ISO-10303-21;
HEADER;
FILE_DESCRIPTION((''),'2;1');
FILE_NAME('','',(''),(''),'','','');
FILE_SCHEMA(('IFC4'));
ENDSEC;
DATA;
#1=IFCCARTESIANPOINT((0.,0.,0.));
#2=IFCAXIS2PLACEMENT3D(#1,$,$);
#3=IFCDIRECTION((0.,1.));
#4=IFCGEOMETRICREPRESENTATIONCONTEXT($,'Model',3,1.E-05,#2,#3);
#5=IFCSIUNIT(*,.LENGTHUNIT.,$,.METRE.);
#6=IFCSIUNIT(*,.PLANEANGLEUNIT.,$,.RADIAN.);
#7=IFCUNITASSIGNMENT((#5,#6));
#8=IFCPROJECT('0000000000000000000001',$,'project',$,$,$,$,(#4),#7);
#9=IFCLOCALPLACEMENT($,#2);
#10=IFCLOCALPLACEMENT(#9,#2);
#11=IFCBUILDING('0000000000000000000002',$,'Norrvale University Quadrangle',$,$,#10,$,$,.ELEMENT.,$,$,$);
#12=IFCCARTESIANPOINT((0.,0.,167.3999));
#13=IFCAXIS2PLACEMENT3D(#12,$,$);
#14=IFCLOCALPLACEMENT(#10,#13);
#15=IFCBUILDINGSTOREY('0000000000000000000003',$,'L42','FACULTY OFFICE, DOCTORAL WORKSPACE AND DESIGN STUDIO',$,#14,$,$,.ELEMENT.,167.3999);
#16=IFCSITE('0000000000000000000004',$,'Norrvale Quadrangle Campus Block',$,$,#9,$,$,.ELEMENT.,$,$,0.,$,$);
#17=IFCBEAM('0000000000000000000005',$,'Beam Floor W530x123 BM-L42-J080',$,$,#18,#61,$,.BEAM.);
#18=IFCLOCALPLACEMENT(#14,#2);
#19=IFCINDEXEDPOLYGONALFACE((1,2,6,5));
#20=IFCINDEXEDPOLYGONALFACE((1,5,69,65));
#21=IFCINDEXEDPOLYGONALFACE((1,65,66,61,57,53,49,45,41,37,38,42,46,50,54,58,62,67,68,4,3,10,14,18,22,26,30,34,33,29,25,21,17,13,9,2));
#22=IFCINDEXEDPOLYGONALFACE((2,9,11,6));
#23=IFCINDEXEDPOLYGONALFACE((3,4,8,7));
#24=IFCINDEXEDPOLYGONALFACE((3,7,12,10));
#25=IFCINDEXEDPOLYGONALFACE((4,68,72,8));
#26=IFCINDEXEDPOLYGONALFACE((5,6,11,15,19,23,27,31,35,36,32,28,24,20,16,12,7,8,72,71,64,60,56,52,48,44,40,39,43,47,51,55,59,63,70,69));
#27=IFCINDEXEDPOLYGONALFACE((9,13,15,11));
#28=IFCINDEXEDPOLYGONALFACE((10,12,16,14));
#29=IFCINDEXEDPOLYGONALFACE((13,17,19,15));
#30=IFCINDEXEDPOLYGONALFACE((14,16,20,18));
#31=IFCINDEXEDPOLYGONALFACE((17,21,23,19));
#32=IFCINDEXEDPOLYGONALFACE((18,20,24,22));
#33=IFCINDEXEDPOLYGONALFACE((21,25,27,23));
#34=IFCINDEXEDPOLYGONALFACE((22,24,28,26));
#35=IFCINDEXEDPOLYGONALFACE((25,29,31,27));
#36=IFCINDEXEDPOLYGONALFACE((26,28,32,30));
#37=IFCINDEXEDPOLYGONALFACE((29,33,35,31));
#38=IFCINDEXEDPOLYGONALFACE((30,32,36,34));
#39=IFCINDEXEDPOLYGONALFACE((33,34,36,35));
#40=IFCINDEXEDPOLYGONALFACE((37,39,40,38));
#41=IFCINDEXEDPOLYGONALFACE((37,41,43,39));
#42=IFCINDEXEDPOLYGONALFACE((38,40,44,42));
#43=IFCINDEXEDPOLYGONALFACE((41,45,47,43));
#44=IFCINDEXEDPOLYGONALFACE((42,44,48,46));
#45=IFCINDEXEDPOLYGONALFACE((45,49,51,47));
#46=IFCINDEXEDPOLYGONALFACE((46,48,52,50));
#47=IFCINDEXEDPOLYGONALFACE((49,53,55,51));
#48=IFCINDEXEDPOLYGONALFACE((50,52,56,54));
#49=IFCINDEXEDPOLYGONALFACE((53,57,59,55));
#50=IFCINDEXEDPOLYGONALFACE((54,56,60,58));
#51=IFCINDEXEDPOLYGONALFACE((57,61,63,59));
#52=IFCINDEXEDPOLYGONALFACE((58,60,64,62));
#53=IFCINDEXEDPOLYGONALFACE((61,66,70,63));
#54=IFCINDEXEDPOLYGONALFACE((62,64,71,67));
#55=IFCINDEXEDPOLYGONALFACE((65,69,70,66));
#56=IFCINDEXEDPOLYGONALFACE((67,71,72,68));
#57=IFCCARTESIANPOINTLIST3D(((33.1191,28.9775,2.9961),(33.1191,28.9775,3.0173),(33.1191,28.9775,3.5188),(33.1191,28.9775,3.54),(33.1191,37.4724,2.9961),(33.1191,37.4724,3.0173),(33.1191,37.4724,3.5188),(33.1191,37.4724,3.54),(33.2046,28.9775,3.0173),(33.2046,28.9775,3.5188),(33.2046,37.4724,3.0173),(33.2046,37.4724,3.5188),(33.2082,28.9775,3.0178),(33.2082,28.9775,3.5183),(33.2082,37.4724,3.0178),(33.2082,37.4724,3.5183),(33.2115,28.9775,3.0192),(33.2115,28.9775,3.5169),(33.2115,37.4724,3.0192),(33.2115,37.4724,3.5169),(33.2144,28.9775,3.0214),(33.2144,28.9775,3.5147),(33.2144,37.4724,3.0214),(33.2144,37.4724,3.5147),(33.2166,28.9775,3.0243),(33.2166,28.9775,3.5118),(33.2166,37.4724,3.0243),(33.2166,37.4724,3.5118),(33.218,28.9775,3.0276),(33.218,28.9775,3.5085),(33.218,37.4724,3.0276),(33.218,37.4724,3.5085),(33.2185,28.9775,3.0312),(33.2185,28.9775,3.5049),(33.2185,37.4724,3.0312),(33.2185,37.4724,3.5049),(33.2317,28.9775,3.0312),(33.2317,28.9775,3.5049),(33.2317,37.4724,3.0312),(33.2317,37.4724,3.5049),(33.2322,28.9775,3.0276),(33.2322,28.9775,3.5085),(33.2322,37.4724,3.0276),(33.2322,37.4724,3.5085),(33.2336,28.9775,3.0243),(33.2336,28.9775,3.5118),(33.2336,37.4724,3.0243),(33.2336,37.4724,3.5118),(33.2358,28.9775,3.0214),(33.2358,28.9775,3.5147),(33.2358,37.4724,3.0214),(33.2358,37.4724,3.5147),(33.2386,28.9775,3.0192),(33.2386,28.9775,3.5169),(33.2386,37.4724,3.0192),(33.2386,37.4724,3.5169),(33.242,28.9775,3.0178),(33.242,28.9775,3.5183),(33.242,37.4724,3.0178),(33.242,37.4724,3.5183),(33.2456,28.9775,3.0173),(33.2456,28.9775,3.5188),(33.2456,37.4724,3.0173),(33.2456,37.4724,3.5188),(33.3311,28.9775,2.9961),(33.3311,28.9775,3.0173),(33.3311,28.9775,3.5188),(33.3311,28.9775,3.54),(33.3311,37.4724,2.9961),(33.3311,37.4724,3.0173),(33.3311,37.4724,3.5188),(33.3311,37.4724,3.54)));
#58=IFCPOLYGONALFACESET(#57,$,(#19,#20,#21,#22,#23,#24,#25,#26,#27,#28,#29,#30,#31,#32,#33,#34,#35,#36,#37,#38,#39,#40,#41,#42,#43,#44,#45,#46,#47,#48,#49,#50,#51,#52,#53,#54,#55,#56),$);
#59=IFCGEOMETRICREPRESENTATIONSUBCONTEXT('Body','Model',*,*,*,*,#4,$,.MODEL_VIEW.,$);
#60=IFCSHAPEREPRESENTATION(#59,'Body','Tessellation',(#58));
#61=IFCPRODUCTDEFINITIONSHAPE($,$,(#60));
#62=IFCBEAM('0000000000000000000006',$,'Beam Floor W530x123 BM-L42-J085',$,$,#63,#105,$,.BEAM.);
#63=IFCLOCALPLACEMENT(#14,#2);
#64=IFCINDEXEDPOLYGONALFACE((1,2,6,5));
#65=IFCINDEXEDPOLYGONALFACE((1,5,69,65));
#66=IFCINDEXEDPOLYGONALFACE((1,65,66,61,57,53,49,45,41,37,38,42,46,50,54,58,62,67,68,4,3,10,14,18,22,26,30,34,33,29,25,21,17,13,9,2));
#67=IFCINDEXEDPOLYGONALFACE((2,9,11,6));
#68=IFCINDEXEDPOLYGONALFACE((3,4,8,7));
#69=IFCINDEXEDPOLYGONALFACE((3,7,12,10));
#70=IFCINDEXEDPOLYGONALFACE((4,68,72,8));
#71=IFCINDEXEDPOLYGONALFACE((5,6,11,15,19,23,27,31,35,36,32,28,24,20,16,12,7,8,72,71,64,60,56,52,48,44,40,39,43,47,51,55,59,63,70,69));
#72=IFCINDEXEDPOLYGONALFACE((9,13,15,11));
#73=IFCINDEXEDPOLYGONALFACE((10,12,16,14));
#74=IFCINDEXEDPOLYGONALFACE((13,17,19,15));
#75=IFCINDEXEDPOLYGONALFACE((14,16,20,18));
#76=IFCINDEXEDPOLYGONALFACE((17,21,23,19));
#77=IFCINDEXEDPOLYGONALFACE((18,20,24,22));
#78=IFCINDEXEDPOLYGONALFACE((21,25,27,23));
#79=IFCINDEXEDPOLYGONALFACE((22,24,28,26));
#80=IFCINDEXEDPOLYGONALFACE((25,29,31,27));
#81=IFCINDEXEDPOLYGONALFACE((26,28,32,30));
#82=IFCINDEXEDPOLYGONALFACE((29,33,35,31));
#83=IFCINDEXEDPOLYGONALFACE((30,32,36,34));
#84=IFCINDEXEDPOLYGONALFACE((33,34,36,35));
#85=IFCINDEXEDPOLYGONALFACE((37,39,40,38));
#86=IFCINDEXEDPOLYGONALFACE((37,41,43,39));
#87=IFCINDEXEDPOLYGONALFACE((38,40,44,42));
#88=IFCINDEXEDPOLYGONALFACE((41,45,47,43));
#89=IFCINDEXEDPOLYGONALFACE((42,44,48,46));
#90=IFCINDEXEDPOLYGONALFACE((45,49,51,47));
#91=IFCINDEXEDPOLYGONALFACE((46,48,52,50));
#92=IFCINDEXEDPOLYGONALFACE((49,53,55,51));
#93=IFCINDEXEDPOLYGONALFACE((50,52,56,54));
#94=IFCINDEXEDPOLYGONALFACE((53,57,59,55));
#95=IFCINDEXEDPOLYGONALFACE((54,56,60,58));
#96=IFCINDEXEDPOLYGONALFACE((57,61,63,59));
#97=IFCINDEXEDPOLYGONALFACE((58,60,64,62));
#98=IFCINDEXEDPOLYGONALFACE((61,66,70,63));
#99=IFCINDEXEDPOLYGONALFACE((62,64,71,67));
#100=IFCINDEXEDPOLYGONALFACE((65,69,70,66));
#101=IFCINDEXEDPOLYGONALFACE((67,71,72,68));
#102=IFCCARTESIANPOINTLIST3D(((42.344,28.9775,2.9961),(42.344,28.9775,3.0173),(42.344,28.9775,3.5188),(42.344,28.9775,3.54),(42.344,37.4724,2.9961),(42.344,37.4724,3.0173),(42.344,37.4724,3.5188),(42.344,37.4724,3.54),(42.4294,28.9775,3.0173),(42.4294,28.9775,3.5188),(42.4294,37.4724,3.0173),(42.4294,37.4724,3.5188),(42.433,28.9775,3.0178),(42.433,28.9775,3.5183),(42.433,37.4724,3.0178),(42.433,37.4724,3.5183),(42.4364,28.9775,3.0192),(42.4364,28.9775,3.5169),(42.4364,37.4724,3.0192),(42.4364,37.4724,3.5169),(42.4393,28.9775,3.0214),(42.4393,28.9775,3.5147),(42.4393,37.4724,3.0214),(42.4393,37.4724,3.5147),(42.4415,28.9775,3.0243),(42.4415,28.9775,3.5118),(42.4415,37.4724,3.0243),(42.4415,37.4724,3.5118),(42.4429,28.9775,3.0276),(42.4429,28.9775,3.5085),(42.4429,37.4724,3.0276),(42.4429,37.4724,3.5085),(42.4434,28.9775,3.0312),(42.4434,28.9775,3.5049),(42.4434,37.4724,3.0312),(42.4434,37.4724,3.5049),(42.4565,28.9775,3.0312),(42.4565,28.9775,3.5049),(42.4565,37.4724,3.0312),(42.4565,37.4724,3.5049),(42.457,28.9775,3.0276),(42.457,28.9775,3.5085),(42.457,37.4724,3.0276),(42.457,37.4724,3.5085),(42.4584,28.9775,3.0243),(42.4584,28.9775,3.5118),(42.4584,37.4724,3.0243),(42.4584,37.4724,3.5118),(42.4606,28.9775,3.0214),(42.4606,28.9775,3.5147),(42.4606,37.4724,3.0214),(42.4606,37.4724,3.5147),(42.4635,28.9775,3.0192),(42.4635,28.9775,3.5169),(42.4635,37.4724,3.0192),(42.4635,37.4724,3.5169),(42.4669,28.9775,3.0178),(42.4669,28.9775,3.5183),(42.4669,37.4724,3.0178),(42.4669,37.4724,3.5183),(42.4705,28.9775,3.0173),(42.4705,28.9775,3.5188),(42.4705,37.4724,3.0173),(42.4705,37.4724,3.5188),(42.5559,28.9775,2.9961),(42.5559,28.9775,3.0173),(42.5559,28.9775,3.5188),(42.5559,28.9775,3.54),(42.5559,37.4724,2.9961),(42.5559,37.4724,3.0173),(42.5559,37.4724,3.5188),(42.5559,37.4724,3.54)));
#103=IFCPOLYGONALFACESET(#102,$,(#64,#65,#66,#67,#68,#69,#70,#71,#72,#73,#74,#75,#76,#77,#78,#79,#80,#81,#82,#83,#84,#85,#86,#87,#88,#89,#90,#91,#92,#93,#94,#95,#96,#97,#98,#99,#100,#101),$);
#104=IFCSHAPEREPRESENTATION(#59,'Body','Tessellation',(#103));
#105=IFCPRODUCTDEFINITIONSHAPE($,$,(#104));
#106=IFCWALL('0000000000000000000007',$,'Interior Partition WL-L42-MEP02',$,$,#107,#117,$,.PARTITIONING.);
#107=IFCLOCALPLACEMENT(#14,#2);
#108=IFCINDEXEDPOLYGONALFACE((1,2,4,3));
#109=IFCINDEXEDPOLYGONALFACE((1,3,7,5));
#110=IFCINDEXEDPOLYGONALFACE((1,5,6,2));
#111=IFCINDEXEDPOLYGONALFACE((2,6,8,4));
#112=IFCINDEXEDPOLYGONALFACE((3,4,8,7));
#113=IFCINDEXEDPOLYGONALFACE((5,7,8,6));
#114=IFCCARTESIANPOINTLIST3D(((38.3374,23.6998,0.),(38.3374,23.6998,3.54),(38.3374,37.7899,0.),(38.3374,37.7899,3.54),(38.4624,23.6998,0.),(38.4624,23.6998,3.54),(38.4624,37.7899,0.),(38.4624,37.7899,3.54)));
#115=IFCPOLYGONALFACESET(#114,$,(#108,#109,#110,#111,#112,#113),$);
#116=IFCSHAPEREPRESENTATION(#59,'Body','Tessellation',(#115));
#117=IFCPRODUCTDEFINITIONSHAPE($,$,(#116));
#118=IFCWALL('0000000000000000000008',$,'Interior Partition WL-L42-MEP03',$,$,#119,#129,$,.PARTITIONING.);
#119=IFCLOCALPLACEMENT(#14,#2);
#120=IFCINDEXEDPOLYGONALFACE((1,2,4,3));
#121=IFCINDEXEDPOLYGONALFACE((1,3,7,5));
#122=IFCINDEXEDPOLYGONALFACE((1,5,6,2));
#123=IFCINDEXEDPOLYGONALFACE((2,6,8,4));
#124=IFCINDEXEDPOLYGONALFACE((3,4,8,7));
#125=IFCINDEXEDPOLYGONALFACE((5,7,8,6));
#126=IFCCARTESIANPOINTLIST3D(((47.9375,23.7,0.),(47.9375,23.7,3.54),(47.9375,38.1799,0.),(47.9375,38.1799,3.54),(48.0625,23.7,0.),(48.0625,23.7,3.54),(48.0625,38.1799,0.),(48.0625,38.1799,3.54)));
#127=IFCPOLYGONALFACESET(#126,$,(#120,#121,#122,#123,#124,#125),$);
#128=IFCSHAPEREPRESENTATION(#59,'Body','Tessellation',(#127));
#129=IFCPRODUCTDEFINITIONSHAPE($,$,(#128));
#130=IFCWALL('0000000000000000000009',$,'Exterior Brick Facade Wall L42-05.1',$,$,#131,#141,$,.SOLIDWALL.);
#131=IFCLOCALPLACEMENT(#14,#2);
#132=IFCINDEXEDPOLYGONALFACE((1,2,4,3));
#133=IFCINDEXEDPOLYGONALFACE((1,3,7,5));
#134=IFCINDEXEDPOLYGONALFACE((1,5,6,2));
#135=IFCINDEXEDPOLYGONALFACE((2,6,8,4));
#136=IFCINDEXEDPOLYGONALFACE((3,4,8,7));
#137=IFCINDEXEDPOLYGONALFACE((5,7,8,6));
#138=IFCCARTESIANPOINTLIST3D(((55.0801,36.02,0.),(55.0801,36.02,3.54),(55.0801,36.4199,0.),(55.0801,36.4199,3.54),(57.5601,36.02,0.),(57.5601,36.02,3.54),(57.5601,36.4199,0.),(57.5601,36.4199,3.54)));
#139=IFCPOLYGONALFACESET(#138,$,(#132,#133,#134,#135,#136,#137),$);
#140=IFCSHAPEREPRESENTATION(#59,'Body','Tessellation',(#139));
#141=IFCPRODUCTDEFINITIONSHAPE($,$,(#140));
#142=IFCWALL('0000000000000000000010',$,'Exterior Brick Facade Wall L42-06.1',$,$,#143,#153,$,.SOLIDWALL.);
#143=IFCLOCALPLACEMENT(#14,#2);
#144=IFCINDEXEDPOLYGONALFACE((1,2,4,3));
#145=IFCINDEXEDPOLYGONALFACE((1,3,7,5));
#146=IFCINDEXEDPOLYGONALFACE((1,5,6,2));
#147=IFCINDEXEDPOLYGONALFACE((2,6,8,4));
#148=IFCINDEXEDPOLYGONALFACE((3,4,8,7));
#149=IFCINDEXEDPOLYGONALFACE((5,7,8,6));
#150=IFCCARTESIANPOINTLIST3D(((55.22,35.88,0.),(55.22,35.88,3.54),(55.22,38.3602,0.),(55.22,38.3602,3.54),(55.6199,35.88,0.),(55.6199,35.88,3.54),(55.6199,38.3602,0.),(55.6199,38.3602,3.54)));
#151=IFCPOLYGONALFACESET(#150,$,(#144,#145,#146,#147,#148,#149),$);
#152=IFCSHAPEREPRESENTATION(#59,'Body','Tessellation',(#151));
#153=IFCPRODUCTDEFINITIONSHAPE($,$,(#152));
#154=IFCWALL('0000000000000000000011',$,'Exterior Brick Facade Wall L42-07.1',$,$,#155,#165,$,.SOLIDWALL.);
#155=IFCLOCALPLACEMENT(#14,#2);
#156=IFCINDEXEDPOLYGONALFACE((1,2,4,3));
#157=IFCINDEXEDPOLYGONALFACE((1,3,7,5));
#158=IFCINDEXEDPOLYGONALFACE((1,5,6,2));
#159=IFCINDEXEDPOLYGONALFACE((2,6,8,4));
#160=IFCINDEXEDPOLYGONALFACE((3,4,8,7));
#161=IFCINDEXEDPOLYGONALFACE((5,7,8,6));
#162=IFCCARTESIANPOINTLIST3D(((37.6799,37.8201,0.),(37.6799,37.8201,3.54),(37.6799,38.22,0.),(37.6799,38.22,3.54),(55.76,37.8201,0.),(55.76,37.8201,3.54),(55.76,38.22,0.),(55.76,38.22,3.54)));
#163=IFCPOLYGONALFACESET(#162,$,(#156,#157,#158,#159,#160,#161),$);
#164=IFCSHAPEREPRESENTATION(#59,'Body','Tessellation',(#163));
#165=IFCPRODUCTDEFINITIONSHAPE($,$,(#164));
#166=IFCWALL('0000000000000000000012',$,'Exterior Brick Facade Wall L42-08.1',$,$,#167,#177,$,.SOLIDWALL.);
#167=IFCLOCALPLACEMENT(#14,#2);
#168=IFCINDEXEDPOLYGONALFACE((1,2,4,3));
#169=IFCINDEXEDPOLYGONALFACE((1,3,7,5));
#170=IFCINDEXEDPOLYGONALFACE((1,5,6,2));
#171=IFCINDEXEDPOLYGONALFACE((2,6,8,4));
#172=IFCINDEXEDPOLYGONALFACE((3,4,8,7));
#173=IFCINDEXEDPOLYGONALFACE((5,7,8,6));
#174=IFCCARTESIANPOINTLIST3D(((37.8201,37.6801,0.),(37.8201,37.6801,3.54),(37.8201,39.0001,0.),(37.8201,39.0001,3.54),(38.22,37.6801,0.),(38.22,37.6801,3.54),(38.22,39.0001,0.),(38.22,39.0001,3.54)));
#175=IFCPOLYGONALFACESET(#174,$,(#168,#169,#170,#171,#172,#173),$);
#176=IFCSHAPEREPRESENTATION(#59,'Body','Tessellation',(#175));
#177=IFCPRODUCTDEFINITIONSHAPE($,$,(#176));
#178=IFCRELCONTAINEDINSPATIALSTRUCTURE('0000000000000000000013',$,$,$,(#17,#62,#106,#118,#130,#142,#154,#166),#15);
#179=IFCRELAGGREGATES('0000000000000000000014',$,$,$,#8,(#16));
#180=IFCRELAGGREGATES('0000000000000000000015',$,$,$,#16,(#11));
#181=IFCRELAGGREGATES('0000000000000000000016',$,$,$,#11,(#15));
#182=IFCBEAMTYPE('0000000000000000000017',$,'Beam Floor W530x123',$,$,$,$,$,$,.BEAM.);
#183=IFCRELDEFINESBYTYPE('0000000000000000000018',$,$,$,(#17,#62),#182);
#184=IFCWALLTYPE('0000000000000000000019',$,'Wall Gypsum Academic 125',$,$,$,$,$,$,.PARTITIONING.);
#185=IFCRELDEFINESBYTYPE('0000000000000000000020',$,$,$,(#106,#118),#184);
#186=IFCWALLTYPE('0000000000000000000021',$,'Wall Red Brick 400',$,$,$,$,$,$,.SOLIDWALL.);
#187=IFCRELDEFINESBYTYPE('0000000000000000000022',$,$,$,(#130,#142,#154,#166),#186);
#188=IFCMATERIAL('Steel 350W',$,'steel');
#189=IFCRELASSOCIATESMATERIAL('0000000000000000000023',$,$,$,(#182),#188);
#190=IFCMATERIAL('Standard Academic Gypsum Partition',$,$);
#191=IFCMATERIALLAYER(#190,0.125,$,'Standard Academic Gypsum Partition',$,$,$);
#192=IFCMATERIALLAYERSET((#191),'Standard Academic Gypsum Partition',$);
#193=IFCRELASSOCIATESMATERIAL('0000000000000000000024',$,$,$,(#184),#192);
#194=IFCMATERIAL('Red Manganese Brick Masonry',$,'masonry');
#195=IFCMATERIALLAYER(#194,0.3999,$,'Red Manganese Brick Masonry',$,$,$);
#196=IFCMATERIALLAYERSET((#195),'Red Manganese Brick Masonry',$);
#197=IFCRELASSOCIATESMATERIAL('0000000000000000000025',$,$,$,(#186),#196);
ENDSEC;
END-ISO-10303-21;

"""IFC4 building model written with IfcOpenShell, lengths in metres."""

from ifc_helpers import new_model, si_unit, direction, frame, frame_2d, origin, origin_2d, place, context, subcontext, project, spatial, rectangle, i_section, extrude, material, layer, layer_set, material_profile, profile_set, type_object, element, save


model = new_model("IFC4")

# Units and contexts
model_context = context("Model", 3, precision=1e-05, world=origin(), true_north=direction((0.0, 1.0)))
body_context = subcontext(model_context, "Body", "Model", "MODEL_VIEW")
ifc_project = project(units=[si_unit("LENGTHUNIT", "METRE"), si_unit("PLANEANGLEUNIT", "RADIAN")], contexts=[model_context])

# Site, building, storey
site_placement = place(None, origin())
site = spatial("IfcSite", under=ifc_project, at=site_placement, Name="Norrvale Quadrangle Campus Block", CompositionType="ELEMENT", RefElevation=0.0)
building_placement = place(site_placement, origin())
building = spatial("IfcBuilding", under=site, at=building_placement, Name="Norrvale University Quadrangle", CompositionType="ELEMENT")
storey_placement = place(building_placement, frame((0.0, 0.0, 167.3999)))
storey = spatial("IfcBuildingStorey", under=building, at=storey_placement, Name="L42", Description="FACULTY OFFICE, DOCTORAL WORKSPACE AND DESIGN STUDIO", CompositionType="ELEMENT", Elevation=167.3999)

# Beams
ifc_material_1 = material(Name="Steel 350W", Category="steel")
ifc_material_profile_1 = material_profile(ifc_material_1, i_section(OverallWidth=0.2119, OverallDepth=0.5439, WebThickness=0.0132, FlangeThickness=0.0212, FilletRadius=0.0139, at=origin_2d()), Name="Steel 350W")
ifc_profile_set_1 = profile_set([ifc_material_profile_1], Name="Steel 350W")
beam_type_1 = type_object("IfcBeamType", Name="Beam Floor W530x123", PredefinedType="BEAM", material=ifc_profile_set_1)
for number, where, z_axis, x_axis, name in (
    (1, (33.2251, 28.9775, 3.2681), (0.0, 1.0, 0.0), (-1.0, 0.0, 0.0), "Beam Floor W530x123 BM-L42-J080"),
    (2, (42.45, 28.9775, 3.2681), (0.0, 1.0, 0.0), (-1.0, 0.0, 0.0), "Beam Floor W530x123 BM-L42-J085"),
):
    element("IfcBeam", number, at=place(storey_placement, frame(where, z_axis=z_axis, x_axis=x_axis)), inside=storey, type_object=beam_type_1, Name=name, PredefinedType="BEAM", context=body_context, shape_type="SweptSolid", body=[
        extrude(i_section(OverallWidth=0.2119, OverallDepth=0.5439, WebThickness=0.0132, FlangeThickness=0.0212, FilletRadius=0.0139, at=origin_2d()), origin(), (0.0, 0.0, 1.0), 8.4949),
    ])

# Walls
ifc_material_2 = material(Name="Standard Academic Gypsum Partition")
ifc_layer_1 = layer(ifc_material_2, 0.125, Name="Standard Academic Gypsum Partition")
ifc_layer_set_1 = layer_set([ifc_layer_1], Name="Standard Academic Gypsum Partition")
wall_type_1 = type_object("IfcWallType", Name="Wall Gypsum Academic 125", PredefinedType="PARTITIONING", material=ifc_layer_set_1)
wall_1_placement = place(storey_placement, frame((38.3999, 23.7, 0.0), z_axis=(0.0, 0.0, 1.0), x_axis=(0.0, 1.0, 0.0)))
element("IfcWall", 3, at=wall_1_placement, inside=storey, type_object=wall_type_1, Name="Interior Partition WL-L42-MEP02", PredefinedType="PARTITIONING", context=body_context, shape_type="SweptSolid", body=[
    extrude(rectangle(XDim=14.0901, YDim=0.125, at=frame_2d((7.0449, 0.0))), origin(), (0.0, 0.0, 1.0), 3.54),
])
wall_2_placement = place(storey_placement, frame((48.0, 23.7, 0.0), z_axis=(0.0, 0.0, 1.0), x_axis=(0.0, 1.0, 0.0)))
element("IfcWall", 4, at=wall_2_placement, inside=storey, type_object=wall_type_1, Name="Interior Partition WL-L42-MEP03", PredefinedType="PARTITIONING", context=body_context, shape_type="SweptSolid", body=[
    extrude(rectangle(XDim=14.48, YDim=0.125, at=frame_2d((7.24, 0.0))), origin(), (0.0, 0.0, 1.0), 3.54),
])
ifc_material_3 = material(Name="Red Manganese Brick Masonry", Category="masonry")
ifc_layer_2 = layer(ifc_material_3, 0.3999, Name="Red Manganese Brick Masonry")
ifc_layer_set_2 = layer_set([ifc_layer_2], Name="Red Manganese Brick Masonry")
wall_type_2 = type_object("IfcWallType", Name="Wall Red Brick 400", PredefinedType="SOLIDWALL", material=ifc_layer_set_2)
wall_3_placement = place(storey_placement, frame((57.5601, 36.22, 0.0), z_axis=(0.0, 0.0, 1.0), x_axis=(-1.0, 0.0, 0.0)))
element("IfcWall", 5, at=wall_3_placement, inside=storey, type_object=wall_type_2, Name="Exterior Brick Facade Wall L42-05.1", PredefinedType="SOLIDWALL", context=body_context, shape_type="SweptSolid", body=[
    extrude(rectangle(XDim=2.48, YDim=0.3999, at=frame_2d((1.24, 0.0))), origin(), (0.0, 0.0, 1.0), 3.54),
])
wall_4_placement = place(storey_placement, frame((55.4199, 35.8799, 0.0), z_axis=(0.0, 0.0, 1.0), x_axis=(0.0, 1.0, 0.0)))
element("IfcWall", 6, at=wall_4_placement, inside=storey, type_object=wall_type_2, Name="Exterior Brick Facade Wall L42-06.1", PredefinedType="SOLIDWALL", context=body_context, shape_type="SweptSolid", body=[
    extrude(rectangle(XDim=2.4802, YDim=0.3999, at=frame_2d((1.2402, 0.0))), origin(), (0.0, 0.0, 1.0), 3.54),
])
wall_5_placement = place(storey_placement, frame((55.76, 38.02, 0.0), z_axis=(0.0, 0.0, 1.0), x_axis=(-1.0, 0.0, 0.0)))
element("IfcWall", 7, at=wall_5_placement, inside=storey, type_object=wall_type_2, Name="Exterior Brick Facade Wall L42-07.1", PredefinedType="SOLIDWALL", context=body_context, shape_type="SweptSolid", body=[
    extrude(rectangle(XDim=18.0801, YDim=0.3999, at=frame_2d((9.04, 0.0))), origin(), (0.0, 0.0, 1.0), 3.54),
])
wall_6_placement = place(storey_placement, frame((38.02, 37.6799, 0.0), z_axis=(0.0, 0.0, 1.0), x_axis=(0.0, 1.0, 0.0)))
element("IfcWall", 8, at=wall_6_placement, inside=storey, type_object=wall_type_2, Name="Exterior Brick Facade Wall L42-08.1", PredefinedType="SOLIDWALL", context=body_context, shape_type="SweptSolid", body=[
    extrude(rectangle(XDim=1.3201, YDim=0.3999, at=frame_2d((0.6602, 0.0))), origin(), (0.0, 0.0, 1.0), 3.54),
])

save(model, "model.ifc")
